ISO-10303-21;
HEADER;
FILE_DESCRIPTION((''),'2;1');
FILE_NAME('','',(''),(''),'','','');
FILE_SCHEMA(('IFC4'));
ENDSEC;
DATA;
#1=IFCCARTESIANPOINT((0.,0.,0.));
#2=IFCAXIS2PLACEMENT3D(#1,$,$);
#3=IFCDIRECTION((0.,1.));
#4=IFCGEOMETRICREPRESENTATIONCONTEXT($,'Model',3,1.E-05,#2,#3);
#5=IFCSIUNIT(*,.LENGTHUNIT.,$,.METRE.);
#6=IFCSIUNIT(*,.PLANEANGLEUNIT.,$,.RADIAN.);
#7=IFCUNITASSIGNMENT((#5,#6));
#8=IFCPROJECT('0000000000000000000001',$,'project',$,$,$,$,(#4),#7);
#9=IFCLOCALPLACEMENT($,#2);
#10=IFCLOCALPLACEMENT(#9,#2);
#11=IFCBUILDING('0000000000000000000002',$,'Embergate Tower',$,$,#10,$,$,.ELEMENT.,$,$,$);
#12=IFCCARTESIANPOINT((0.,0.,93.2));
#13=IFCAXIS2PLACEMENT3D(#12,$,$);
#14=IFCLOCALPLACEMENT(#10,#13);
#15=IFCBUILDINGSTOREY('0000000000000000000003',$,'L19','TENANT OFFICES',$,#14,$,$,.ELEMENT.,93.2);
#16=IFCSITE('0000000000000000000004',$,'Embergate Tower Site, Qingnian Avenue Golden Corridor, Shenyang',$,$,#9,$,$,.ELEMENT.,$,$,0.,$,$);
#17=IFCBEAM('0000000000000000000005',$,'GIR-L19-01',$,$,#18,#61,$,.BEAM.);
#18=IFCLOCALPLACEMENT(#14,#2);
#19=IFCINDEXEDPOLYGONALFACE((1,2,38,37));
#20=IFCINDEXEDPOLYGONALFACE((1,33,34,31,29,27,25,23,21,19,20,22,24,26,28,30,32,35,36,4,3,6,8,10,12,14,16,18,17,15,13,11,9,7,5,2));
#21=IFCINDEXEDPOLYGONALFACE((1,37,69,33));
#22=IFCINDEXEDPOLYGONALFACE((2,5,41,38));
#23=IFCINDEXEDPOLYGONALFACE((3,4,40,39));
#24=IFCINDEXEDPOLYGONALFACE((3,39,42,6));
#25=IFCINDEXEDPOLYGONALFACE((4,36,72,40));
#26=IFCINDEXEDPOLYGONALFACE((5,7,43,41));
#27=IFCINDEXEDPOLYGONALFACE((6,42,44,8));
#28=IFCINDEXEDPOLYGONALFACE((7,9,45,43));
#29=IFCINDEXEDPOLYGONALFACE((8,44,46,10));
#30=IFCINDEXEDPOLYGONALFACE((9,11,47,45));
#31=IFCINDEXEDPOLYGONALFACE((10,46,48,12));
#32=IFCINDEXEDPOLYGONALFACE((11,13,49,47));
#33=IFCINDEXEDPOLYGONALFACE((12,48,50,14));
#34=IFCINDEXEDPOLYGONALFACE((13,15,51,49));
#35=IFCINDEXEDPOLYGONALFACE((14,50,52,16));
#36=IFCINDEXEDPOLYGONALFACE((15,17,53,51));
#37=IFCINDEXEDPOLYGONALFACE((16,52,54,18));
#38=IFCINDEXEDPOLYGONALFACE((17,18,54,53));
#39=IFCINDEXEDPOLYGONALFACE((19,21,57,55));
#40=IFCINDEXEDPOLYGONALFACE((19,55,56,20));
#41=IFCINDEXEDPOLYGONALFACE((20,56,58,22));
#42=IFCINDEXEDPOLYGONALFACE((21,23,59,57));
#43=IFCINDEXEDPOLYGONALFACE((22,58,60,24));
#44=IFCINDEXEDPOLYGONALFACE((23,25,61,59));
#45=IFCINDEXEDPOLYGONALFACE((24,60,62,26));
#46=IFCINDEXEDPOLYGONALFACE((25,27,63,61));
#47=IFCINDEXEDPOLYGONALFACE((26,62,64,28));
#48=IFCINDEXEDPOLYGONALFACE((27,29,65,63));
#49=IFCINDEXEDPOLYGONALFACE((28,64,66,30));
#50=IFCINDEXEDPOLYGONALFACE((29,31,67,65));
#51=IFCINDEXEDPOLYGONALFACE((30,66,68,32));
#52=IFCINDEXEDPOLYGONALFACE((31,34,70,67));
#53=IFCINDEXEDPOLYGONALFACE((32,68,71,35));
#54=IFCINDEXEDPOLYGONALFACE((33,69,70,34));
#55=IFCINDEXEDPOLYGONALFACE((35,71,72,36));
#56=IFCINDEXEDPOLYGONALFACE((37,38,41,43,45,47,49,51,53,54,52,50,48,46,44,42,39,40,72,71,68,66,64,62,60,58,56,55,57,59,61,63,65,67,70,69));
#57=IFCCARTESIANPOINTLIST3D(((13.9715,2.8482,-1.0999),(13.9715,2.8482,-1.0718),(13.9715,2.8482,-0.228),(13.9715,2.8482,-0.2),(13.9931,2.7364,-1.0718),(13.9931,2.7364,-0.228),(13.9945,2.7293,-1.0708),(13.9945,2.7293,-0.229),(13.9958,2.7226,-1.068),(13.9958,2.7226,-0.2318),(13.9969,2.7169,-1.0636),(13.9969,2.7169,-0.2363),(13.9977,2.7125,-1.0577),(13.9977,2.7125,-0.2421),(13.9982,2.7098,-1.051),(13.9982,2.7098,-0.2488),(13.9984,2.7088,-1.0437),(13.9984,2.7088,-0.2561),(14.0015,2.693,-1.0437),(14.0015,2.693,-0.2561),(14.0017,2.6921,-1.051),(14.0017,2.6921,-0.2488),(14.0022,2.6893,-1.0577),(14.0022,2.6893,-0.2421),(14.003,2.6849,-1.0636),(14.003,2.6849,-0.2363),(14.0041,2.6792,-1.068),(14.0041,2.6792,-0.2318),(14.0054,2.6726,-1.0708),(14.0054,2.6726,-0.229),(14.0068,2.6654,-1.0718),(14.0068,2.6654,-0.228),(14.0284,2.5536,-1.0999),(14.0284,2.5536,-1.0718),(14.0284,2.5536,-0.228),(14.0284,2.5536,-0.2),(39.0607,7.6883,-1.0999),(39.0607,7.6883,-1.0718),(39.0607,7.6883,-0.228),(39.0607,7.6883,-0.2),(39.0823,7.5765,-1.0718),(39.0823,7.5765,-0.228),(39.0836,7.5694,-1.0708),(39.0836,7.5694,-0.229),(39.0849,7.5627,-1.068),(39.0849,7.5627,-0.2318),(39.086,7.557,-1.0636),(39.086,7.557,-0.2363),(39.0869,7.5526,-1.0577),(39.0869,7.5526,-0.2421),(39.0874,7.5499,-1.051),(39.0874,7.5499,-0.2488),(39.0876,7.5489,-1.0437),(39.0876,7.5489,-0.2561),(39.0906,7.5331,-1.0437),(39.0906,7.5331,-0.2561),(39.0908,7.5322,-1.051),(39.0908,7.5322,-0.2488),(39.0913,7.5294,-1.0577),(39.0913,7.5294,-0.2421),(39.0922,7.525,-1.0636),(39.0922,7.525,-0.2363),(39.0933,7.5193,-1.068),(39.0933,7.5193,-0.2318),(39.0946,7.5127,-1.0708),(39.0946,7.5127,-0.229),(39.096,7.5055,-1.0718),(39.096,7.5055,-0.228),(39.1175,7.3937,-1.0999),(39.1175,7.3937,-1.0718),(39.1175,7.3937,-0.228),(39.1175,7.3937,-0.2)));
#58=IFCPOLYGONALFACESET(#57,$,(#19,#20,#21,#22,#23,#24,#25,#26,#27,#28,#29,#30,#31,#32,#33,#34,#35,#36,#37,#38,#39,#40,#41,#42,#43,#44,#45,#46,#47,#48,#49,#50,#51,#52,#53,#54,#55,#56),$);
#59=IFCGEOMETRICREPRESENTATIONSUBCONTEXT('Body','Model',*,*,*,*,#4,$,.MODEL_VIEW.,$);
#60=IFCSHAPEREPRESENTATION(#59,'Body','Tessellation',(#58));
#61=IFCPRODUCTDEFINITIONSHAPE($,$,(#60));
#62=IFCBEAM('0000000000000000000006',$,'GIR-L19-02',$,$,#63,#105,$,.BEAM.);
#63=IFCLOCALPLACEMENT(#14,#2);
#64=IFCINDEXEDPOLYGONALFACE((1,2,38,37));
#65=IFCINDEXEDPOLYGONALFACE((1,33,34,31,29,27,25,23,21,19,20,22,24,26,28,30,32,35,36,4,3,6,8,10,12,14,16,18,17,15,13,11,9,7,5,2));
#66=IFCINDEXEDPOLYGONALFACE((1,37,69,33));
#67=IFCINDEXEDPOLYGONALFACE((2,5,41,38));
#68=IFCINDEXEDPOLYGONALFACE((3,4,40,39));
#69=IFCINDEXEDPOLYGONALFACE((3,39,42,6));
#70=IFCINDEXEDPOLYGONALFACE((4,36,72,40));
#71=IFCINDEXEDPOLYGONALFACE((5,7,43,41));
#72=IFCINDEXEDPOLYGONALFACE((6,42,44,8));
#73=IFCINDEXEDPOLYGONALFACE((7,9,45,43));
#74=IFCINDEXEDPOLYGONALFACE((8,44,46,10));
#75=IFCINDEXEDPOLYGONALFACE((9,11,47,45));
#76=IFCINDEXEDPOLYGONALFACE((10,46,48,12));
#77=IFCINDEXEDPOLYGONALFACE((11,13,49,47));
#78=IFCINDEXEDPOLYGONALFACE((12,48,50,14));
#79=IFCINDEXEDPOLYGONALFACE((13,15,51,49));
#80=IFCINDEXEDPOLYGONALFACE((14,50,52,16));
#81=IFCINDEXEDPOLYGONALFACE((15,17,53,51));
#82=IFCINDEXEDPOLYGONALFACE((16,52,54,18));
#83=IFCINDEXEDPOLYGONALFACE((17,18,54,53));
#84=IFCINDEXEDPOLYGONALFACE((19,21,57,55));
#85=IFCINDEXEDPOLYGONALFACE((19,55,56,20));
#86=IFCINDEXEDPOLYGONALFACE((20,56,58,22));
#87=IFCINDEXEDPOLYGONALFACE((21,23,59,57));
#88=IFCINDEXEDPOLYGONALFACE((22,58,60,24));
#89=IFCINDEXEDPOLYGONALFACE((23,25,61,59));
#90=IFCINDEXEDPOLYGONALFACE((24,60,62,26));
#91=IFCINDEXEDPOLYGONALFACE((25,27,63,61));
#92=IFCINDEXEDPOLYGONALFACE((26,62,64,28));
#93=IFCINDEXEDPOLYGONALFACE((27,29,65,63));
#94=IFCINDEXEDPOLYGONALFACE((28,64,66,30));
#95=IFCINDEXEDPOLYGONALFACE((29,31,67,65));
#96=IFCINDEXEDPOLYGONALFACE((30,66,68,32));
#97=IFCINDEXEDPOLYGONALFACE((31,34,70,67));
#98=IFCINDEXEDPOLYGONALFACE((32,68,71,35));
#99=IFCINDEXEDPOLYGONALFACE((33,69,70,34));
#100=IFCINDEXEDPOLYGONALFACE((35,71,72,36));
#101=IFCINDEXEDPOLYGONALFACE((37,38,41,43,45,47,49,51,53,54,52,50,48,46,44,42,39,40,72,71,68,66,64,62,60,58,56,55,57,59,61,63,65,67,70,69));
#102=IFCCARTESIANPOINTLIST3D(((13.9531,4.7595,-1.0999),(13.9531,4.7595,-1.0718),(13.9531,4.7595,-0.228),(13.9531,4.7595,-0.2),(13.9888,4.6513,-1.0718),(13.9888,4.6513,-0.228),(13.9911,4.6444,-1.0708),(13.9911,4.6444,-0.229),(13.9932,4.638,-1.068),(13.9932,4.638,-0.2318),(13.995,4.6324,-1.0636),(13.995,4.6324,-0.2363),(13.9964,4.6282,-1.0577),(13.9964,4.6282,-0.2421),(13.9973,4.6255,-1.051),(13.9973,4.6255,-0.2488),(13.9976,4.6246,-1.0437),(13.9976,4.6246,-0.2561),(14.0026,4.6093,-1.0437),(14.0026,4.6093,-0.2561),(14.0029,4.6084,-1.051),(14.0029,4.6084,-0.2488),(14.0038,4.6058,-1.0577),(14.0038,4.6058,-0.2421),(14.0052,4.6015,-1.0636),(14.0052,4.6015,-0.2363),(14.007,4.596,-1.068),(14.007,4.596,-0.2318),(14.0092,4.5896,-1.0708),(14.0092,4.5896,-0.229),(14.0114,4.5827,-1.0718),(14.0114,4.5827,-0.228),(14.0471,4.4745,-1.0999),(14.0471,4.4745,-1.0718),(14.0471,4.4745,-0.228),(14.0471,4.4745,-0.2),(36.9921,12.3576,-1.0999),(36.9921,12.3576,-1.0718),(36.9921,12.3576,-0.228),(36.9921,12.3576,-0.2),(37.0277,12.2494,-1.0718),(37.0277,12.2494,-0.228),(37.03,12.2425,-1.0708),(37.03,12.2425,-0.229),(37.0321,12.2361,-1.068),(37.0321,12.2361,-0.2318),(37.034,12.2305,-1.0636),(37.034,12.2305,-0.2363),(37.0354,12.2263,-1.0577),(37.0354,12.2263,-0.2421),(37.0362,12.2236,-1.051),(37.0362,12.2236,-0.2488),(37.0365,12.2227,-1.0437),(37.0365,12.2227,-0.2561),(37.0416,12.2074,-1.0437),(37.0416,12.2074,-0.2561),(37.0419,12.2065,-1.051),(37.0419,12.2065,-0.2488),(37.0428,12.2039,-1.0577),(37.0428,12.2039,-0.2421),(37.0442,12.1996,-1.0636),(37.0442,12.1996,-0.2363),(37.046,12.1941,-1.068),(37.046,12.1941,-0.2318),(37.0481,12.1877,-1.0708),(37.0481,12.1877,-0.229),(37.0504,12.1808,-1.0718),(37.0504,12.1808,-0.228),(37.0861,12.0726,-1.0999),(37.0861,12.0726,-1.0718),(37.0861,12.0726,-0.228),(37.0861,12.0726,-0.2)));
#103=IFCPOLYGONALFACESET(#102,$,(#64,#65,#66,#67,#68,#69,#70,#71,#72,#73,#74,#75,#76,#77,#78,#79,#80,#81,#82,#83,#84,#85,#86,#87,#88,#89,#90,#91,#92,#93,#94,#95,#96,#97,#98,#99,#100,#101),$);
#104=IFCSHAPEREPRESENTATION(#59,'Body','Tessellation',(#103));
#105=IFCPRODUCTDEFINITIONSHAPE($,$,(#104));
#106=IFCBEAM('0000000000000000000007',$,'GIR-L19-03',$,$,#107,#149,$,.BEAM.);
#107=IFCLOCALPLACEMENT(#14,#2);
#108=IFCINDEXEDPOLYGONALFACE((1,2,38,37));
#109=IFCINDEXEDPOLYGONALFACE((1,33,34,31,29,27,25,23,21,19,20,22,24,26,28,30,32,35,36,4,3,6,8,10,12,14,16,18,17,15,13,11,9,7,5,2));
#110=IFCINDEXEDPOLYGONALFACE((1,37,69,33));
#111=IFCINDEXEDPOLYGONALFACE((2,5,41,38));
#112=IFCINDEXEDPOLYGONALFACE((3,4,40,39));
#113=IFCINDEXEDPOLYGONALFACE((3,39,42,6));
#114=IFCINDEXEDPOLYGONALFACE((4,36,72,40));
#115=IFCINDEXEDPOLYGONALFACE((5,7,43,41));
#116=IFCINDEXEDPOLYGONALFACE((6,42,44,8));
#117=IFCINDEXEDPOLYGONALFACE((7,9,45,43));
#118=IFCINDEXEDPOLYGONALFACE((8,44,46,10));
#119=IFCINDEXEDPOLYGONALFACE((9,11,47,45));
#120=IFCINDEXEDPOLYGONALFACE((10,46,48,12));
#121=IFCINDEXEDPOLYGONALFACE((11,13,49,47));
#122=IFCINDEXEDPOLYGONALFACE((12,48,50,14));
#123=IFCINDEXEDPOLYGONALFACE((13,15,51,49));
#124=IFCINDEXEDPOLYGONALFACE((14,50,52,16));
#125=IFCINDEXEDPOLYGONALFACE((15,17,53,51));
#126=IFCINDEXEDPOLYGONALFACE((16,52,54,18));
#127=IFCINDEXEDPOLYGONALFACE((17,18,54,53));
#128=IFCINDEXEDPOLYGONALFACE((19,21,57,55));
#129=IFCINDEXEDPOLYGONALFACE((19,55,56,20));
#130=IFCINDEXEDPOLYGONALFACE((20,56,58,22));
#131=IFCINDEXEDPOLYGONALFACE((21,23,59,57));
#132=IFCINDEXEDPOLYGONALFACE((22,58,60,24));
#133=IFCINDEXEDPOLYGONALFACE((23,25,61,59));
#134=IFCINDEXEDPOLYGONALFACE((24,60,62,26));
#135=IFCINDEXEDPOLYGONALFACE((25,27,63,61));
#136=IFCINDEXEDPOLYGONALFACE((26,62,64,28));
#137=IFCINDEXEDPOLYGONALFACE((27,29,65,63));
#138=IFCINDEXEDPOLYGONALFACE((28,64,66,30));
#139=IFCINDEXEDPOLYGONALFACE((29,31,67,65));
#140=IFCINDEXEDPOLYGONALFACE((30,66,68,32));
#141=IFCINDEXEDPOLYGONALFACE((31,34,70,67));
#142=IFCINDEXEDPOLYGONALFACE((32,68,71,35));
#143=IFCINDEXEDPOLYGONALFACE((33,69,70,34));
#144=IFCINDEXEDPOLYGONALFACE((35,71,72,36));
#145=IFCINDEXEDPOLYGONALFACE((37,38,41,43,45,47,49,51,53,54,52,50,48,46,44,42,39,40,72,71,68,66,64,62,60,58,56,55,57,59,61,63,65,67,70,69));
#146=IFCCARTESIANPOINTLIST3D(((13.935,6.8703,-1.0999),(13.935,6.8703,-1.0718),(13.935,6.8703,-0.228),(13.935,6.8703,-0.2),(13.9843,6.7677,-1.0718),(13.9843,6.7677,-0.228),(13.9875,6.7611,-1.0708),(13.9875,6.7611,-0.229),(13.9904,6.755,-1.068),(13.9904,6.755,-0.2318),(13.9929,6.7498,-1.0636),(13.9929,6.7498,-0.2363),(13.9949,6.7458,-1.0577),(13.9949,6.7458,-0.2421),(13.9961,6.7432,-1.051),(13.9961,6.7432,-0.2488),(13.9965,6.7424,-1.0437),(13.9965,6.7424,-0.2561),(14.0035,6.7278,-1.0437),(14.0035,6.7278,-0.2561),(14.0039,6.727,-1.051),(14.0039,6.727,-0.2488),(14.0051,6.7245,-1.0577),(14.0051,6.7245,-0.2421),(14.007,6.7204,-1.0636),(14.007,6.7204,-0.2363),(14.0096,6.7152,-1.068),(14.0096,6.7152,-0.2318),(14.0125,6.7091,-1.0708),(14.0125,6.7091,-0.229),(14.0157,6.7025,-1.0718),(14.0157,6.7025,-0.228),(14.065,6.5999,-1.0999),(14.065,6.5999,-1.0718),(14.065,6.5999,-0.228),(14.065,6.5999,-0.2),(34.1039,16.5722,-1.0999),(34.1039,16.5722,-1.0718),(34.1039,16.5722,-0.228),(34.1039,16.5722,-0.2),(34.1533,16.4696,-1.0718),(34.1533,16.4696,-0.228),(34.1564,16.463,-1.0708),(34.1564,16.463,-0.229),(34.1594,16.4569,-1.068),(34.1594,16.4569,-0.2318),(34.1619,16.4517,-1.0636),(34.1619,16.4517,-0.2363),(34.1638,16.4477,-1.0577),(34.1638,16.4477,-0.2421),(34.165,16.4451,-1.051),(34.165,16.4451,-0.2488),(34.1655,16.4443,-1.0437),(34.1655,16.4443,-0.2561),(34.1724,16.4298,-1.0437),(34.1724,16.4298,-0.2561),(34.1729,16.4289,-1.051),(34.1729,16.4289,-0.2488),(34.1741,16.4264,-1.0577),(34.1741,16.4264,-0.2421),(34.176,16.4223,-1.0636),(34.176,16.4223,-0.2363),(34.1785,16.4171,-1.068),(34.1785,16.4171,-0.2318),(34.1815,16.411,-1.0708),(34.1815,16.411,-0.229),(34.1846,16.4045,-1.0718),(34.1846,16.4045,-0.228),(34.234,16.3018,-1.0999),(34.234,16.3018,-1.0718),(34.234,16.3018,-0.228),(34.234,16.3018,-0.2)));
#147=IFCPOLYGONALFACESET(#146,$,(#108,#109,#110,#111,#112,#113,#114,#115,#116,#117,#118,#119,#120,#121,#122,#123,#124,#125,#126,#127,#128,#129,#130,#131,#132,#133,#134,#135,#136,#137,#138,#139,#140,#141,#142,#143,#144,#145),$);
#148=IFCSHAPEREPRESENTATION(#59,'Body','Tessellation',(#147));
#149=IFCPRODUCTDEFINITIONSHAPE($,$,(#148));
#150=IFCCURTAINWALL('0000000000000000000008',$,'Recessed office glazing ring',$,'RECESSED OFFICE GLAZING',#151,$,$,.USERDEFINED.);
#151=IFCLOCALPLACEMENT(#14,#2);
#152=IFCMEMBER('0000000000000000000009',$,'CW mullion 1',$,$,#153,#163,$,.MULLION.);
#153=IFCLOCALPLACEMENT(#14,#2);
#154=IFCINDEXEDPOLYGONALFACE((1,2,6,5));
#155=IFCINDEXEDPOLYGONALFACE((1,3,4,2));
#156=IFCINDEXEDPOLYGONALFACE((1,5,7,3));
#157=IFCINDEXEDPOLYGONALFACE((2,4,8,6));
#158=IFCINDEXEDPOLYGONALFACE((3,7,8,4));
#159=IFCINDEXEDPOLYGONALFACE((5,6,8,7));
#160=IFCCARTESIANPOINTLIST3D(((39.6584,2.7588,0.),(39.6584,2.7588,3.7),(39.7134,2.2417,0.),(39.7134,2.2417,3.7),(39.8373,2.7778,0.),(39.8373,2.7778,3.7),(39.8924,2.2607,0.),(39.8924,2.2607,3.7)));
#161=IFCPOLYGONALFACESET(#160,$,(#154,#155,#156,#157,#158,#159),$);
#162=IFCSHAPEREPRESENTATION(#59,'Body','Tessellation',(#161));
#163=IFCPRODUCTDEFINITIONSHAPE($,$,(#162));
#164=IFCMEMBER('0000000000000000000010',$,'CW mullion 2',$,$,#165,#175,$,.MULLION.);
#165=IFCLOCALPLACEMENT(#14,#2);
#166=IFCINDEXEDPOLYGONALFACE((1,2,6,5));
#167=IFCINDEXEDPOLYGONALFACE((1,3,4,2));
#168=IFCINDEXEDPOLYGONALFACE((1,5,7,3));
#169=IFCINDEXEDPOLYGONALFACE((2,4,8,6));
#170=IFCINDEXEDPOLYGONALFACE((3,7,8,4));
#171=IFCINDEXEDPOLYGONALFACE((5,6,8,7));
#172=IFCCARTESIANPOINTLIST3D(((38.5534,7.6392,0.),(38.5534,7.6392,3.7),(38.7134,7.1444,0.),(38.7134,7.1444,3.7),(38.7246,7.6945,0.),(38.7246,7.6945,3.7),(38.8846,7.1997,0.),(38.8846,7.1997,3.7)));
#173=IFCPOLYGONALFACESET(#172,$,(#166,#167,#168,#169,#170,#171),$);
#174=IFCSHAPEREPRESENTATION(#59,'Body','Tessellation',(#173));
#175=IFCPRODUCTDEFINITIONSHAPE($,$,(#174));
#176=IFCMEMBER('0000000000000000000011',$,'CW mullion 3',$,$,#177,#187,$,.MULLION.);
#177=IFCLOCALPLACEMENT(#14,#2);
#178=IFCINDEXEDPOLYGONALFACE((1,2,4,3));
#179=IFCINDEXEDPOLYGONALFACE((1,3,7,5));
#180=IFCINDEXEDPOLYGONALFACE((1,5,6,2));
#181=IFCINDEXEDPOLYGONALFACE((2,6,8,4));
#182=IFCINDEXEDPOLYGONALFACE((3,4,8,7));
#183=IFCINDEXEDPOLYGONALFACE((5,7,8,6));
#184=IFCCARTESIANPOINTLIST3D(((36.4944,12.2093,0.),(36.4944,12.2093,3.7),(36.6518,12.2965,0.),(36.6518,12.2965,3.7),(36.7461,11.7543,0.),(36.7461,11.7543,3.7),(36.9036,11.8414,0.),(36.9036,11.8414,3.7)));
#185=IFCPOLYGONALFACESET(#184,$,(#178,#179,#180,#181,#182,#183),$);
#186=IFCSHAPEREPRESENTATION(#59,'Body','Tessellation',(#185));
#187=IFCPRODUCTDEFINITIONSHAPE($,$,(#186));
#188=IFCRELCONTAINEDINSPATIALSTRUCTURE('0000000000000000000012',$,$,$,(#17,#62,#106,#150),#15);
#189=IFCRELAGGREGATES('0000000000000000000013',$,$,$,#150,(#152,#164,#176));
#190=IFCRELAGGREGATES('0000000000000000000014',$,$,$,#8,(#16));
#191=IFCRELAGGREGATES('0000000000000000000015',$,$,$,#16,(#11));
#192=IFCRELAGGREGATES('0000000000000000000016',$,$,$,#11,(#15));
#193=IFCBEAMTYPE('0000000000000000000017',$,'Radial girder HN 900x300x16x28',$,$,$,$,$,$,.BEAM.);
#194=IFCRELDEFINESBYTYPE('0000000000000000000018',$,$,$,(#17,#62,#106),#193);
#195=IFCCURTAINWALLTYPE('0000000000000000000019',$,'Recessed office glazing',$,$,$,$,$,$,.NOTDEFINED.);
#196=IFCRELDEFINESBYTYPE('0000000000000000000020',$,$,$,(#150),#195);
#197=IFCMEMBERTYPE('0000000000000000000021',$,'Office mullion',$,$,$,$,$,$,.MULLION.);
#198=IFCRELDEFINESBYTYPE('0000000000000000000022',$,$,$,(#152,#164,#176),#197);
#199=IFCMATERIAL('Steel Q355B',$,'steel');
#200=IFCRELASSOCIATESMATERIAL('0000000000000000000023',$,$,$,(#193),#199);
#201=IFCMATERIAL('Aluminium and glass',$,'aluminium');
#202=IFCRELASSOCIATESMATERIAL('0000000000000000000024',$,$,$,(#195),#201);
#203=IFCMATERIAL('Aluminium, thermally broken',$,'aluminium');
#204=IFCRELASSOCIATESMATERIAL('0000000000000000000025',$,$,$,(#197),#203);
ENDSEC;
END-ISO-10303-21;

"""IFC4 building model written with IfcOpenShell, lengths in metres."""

from ifc_helpers import new_model, si_unit, direction, frame, origin, origin_2d, place, context, subcontext, project, spatial, rectangle, i_section, extrude, source, transform, mapped, material, material_profile, profile_set, type_object, element, aggregate, save


model = new_model("IFC4")

# Units and contexts
model_context = context("Model", 3, precision=1e-05, world=origin(), true_north=direction((0.0, 1.0)))
body_context = subcontext(model_context, "Body", "Model", "MODEL_VIEW")
ifc_project = project(units=[si_unit("LENGTHUNIT", "METRE"), si_unit("PLANEANGLEUNIT", "RADIAN")], contexts=[model_context])

# Site, building, storey
site_placement = place(None, origin())
site = spatial("IfcSite", under=ifc_project, at=site_placement, Name="Embergate Tower Site, Qingnian Avenue Golden Corridor, Shenyang", CompositionType="ELEMENT", RefElevation=0.0)
building_placement = place(site_placement, origin())
building = spatial("IfcBuilding", under=site, at=building_placement, Name="Embergate Tower", CompositionType="ELEMENT")
storey_placement = place(building_placement, frame((0.0, 0.0, 93.2)))
storey = spatial("IfcBuildingStorey", under=building, at=storey_placement, Name="L19", Description="TENANT OFFICES", CompositionType="ELEMENT", Elevation=93.2)

# Beams
ifc_material_1 = material(Name="Steel Q355B", Category="steel")
ifc_material_profile_1 = material_profile(ifc_material_1, i_section(OverallWidth=0.3, OverallDepth=0.8999, WebThickness=0.0161, FlangeThickness=0.0281, FilletRadius=0.0281, at=origin_2d()), Name="HN 900x300x16x28")
ifc_profile_set_1 = profile_set([ifc_material_profile_1], Name="Steel Q355 grade B")
beam_type_1 = type_object("IfcBeamType", Name="Radial girder HN 900x300x16x28", PredefinedType="BEAM", material=ifc_profile_set_1)
shared_shape_1 = source(origin(), body_context, "Body", "SweptSolid", [
    extrude(i_section(OverallWidth=0.3, OverallDepth=0.8999, WebThickness=0.0161, FlangeThickness=0.0281, FilletRadius=0.0281, at=origin_2d()), origin(), (0.0, 0.0, 1.0), 25.5518),
])
beam_1_placement = place(storey_placement, frame((39.0891, 7.541, -0.6499), z_axis=(-0.981896, -0.189423, 0.0), x_axis=(0.189423, -0.981896, 0.0)))
element("IfcBeam", 1, at=beam_1_placement, inside=storey, type_object=beam_type_1, Name="GIR-L19-01", PredefinedType="BEAM", context=body_context, shape_type="MappedRepresentation", body=[
    mapped(shared_shape_1, transform((0.0, 0.0, 0.0))),
])
shared_shape_2 = source(origin(), body_context, "Body", "SweptSolid", [
    extrude(i_section(OverallWidth=0.3, OverallDepth=0.8999, WebThickness=0.0161, FlangeThickness=0.0281, FilletRadius=0.0281, at=origin_2d()), origin(), (0.0, 0.0, 1.0), 24.2595),
])
beam_2_placement = place(storey_placement, frame((37.0391, 12.2151, -0.6499), z_axis=(-0.949687, -0.313201, 0.0), x_axis=(0.313201, -0.949687, 0.0)))
element("IfcBeam", 2, at=beam_2_placement, inside=storey, type_object=beam_type_1, Name="GIR-L19-02", PredefinedType="BEAM", context=body_context, shape_type="MappedRepresentation", body=[
    mapped(shared_shape_2, transform((0.0, 0.0, 0.0))),
])
shared_shape_3 = source(origin(), body_context, "Body", "SweptSolid", [
    extrude(i_section(OverallWidth=0.3, OverallDepth=0.8999, WebThickness=0.0161, FlangeThickness=0.0281, FilletRadius=0.0281, at=origin_2d()), origin(), (0.0, 0.0, 1.0), 22.3811),
])
beam_3_placement = place(storey_placement, frame((34.1689, 16.437, -0.6499), z_axis=(-0.90116, -0.433487, 0.0), x_axis=(0.433487, -0.90116, 0.0)))
element("IfcBeam", 3, at=beam_3_placement, inside=storey, type_object=beam_type_1, Name="GIR-L19-03", PredefinedType="BEAM", context=body_context, shape_type="MappedRepresentation", body=[
    mapped(shared_shape_3, transform((0.0, 0.0, 0.0))),
])

# Curtain wall, members
ifc_material_2 = material(Name="Aluminium and glass", Category="aluminium")
curtain_wall_type = type_object("IfcCurtainWallType", Name="Recessed office glazing", PredefinedType="NOTDEFINED", material=ifc_material_2)
curtain_wall_placement = place(storey_placement, origin())
curtain_wall = element("IfcCurtainWall", 4, at=curtain_wall_placement, inside=storey, type_object=curtain_wall_type, Name="Recessed office glazing ring", ObjectType="RECESSED OFFICE GLAZING", PredefinedType="USERDEFINED")
ifc_material_3 = material(Name="Aluminium, thermally broken", Category="aluminium")
ifc_material_profile_2 = material_profile(ifc_material_3, rectangle(XDim=0.1799, YDim=0.52, at=origin_2d()), Name="AL 520x180")
ifc_profile_set_2 = profile_set([ifc_material_profile_2], Name="Aluminium, thermally broken")
member_type_1 = type_object("IfcMemberType", Name="Office mullion", PredefinedType="MULLION", material=ifc_profile_set_2)
shared_shape_4 = source(origin(), body_context, "Body", "SweptSolid", [
    extrude(rectangle(XDim=0.1799, YDim=0.52, at=origin_2d()), origin(), (0.0, 0.0, 1.0), 3.7),
])
member_1_placement = place(storey_placement, frame((39.7754, 2.5098, 0.0), z_axis=(0.0, 0.0, 1.0), x_axis=(-0.994385, -0.10582, 0.0)))
member_1 = element("IfcMember", 5, at=member_1_placement, type_object=member_type_1, Name="CW mullion 1", PredefinedType="MULLION", context=body_context, shape_type="MappedRepresentation", body=[
    mapped(shared_shape_4, transform((0.0, 0.0, 0.0))),
])
member_2_placement = place(storey_placement, frame((38.719, 7.4194, 0.0), z_axis=(0.0, 0.0, 1.0), x_axis=(-0.9515, -0.307647, 0.0)))
member_2 = element("IfcMember", 6, at=member_2_placement, type_object=member_type_1, Name="CW mullion 2", PredefinedType="MULLION", context=body_context, shape_type="MappedRepresentation", body=[
    mapped(shared_shape_4, transform((0.0, 0.0, 0.0))),
])
member_3_placement = place(storey_placement, frame((36.699, 12.0254, 0.0), z_axis=(0.0, 0.0, 1.0), x_axis=(-0.875006, -0.484112, 0.0)))
member_3 = element("IfcMember", 7, at=member_3_placement, type_object=member_type_1, Name="CW mullion 3", PredefinedType="MULLION", context=body_context, shape_type="MappedRepresentation", body=[
    mapped(shared_shape_4, transform((0.0, 0.0, 0.0))),
])
aggregate(curtain_wall, [member_1, member_2, member_3])

save(model, "model.ifc")
